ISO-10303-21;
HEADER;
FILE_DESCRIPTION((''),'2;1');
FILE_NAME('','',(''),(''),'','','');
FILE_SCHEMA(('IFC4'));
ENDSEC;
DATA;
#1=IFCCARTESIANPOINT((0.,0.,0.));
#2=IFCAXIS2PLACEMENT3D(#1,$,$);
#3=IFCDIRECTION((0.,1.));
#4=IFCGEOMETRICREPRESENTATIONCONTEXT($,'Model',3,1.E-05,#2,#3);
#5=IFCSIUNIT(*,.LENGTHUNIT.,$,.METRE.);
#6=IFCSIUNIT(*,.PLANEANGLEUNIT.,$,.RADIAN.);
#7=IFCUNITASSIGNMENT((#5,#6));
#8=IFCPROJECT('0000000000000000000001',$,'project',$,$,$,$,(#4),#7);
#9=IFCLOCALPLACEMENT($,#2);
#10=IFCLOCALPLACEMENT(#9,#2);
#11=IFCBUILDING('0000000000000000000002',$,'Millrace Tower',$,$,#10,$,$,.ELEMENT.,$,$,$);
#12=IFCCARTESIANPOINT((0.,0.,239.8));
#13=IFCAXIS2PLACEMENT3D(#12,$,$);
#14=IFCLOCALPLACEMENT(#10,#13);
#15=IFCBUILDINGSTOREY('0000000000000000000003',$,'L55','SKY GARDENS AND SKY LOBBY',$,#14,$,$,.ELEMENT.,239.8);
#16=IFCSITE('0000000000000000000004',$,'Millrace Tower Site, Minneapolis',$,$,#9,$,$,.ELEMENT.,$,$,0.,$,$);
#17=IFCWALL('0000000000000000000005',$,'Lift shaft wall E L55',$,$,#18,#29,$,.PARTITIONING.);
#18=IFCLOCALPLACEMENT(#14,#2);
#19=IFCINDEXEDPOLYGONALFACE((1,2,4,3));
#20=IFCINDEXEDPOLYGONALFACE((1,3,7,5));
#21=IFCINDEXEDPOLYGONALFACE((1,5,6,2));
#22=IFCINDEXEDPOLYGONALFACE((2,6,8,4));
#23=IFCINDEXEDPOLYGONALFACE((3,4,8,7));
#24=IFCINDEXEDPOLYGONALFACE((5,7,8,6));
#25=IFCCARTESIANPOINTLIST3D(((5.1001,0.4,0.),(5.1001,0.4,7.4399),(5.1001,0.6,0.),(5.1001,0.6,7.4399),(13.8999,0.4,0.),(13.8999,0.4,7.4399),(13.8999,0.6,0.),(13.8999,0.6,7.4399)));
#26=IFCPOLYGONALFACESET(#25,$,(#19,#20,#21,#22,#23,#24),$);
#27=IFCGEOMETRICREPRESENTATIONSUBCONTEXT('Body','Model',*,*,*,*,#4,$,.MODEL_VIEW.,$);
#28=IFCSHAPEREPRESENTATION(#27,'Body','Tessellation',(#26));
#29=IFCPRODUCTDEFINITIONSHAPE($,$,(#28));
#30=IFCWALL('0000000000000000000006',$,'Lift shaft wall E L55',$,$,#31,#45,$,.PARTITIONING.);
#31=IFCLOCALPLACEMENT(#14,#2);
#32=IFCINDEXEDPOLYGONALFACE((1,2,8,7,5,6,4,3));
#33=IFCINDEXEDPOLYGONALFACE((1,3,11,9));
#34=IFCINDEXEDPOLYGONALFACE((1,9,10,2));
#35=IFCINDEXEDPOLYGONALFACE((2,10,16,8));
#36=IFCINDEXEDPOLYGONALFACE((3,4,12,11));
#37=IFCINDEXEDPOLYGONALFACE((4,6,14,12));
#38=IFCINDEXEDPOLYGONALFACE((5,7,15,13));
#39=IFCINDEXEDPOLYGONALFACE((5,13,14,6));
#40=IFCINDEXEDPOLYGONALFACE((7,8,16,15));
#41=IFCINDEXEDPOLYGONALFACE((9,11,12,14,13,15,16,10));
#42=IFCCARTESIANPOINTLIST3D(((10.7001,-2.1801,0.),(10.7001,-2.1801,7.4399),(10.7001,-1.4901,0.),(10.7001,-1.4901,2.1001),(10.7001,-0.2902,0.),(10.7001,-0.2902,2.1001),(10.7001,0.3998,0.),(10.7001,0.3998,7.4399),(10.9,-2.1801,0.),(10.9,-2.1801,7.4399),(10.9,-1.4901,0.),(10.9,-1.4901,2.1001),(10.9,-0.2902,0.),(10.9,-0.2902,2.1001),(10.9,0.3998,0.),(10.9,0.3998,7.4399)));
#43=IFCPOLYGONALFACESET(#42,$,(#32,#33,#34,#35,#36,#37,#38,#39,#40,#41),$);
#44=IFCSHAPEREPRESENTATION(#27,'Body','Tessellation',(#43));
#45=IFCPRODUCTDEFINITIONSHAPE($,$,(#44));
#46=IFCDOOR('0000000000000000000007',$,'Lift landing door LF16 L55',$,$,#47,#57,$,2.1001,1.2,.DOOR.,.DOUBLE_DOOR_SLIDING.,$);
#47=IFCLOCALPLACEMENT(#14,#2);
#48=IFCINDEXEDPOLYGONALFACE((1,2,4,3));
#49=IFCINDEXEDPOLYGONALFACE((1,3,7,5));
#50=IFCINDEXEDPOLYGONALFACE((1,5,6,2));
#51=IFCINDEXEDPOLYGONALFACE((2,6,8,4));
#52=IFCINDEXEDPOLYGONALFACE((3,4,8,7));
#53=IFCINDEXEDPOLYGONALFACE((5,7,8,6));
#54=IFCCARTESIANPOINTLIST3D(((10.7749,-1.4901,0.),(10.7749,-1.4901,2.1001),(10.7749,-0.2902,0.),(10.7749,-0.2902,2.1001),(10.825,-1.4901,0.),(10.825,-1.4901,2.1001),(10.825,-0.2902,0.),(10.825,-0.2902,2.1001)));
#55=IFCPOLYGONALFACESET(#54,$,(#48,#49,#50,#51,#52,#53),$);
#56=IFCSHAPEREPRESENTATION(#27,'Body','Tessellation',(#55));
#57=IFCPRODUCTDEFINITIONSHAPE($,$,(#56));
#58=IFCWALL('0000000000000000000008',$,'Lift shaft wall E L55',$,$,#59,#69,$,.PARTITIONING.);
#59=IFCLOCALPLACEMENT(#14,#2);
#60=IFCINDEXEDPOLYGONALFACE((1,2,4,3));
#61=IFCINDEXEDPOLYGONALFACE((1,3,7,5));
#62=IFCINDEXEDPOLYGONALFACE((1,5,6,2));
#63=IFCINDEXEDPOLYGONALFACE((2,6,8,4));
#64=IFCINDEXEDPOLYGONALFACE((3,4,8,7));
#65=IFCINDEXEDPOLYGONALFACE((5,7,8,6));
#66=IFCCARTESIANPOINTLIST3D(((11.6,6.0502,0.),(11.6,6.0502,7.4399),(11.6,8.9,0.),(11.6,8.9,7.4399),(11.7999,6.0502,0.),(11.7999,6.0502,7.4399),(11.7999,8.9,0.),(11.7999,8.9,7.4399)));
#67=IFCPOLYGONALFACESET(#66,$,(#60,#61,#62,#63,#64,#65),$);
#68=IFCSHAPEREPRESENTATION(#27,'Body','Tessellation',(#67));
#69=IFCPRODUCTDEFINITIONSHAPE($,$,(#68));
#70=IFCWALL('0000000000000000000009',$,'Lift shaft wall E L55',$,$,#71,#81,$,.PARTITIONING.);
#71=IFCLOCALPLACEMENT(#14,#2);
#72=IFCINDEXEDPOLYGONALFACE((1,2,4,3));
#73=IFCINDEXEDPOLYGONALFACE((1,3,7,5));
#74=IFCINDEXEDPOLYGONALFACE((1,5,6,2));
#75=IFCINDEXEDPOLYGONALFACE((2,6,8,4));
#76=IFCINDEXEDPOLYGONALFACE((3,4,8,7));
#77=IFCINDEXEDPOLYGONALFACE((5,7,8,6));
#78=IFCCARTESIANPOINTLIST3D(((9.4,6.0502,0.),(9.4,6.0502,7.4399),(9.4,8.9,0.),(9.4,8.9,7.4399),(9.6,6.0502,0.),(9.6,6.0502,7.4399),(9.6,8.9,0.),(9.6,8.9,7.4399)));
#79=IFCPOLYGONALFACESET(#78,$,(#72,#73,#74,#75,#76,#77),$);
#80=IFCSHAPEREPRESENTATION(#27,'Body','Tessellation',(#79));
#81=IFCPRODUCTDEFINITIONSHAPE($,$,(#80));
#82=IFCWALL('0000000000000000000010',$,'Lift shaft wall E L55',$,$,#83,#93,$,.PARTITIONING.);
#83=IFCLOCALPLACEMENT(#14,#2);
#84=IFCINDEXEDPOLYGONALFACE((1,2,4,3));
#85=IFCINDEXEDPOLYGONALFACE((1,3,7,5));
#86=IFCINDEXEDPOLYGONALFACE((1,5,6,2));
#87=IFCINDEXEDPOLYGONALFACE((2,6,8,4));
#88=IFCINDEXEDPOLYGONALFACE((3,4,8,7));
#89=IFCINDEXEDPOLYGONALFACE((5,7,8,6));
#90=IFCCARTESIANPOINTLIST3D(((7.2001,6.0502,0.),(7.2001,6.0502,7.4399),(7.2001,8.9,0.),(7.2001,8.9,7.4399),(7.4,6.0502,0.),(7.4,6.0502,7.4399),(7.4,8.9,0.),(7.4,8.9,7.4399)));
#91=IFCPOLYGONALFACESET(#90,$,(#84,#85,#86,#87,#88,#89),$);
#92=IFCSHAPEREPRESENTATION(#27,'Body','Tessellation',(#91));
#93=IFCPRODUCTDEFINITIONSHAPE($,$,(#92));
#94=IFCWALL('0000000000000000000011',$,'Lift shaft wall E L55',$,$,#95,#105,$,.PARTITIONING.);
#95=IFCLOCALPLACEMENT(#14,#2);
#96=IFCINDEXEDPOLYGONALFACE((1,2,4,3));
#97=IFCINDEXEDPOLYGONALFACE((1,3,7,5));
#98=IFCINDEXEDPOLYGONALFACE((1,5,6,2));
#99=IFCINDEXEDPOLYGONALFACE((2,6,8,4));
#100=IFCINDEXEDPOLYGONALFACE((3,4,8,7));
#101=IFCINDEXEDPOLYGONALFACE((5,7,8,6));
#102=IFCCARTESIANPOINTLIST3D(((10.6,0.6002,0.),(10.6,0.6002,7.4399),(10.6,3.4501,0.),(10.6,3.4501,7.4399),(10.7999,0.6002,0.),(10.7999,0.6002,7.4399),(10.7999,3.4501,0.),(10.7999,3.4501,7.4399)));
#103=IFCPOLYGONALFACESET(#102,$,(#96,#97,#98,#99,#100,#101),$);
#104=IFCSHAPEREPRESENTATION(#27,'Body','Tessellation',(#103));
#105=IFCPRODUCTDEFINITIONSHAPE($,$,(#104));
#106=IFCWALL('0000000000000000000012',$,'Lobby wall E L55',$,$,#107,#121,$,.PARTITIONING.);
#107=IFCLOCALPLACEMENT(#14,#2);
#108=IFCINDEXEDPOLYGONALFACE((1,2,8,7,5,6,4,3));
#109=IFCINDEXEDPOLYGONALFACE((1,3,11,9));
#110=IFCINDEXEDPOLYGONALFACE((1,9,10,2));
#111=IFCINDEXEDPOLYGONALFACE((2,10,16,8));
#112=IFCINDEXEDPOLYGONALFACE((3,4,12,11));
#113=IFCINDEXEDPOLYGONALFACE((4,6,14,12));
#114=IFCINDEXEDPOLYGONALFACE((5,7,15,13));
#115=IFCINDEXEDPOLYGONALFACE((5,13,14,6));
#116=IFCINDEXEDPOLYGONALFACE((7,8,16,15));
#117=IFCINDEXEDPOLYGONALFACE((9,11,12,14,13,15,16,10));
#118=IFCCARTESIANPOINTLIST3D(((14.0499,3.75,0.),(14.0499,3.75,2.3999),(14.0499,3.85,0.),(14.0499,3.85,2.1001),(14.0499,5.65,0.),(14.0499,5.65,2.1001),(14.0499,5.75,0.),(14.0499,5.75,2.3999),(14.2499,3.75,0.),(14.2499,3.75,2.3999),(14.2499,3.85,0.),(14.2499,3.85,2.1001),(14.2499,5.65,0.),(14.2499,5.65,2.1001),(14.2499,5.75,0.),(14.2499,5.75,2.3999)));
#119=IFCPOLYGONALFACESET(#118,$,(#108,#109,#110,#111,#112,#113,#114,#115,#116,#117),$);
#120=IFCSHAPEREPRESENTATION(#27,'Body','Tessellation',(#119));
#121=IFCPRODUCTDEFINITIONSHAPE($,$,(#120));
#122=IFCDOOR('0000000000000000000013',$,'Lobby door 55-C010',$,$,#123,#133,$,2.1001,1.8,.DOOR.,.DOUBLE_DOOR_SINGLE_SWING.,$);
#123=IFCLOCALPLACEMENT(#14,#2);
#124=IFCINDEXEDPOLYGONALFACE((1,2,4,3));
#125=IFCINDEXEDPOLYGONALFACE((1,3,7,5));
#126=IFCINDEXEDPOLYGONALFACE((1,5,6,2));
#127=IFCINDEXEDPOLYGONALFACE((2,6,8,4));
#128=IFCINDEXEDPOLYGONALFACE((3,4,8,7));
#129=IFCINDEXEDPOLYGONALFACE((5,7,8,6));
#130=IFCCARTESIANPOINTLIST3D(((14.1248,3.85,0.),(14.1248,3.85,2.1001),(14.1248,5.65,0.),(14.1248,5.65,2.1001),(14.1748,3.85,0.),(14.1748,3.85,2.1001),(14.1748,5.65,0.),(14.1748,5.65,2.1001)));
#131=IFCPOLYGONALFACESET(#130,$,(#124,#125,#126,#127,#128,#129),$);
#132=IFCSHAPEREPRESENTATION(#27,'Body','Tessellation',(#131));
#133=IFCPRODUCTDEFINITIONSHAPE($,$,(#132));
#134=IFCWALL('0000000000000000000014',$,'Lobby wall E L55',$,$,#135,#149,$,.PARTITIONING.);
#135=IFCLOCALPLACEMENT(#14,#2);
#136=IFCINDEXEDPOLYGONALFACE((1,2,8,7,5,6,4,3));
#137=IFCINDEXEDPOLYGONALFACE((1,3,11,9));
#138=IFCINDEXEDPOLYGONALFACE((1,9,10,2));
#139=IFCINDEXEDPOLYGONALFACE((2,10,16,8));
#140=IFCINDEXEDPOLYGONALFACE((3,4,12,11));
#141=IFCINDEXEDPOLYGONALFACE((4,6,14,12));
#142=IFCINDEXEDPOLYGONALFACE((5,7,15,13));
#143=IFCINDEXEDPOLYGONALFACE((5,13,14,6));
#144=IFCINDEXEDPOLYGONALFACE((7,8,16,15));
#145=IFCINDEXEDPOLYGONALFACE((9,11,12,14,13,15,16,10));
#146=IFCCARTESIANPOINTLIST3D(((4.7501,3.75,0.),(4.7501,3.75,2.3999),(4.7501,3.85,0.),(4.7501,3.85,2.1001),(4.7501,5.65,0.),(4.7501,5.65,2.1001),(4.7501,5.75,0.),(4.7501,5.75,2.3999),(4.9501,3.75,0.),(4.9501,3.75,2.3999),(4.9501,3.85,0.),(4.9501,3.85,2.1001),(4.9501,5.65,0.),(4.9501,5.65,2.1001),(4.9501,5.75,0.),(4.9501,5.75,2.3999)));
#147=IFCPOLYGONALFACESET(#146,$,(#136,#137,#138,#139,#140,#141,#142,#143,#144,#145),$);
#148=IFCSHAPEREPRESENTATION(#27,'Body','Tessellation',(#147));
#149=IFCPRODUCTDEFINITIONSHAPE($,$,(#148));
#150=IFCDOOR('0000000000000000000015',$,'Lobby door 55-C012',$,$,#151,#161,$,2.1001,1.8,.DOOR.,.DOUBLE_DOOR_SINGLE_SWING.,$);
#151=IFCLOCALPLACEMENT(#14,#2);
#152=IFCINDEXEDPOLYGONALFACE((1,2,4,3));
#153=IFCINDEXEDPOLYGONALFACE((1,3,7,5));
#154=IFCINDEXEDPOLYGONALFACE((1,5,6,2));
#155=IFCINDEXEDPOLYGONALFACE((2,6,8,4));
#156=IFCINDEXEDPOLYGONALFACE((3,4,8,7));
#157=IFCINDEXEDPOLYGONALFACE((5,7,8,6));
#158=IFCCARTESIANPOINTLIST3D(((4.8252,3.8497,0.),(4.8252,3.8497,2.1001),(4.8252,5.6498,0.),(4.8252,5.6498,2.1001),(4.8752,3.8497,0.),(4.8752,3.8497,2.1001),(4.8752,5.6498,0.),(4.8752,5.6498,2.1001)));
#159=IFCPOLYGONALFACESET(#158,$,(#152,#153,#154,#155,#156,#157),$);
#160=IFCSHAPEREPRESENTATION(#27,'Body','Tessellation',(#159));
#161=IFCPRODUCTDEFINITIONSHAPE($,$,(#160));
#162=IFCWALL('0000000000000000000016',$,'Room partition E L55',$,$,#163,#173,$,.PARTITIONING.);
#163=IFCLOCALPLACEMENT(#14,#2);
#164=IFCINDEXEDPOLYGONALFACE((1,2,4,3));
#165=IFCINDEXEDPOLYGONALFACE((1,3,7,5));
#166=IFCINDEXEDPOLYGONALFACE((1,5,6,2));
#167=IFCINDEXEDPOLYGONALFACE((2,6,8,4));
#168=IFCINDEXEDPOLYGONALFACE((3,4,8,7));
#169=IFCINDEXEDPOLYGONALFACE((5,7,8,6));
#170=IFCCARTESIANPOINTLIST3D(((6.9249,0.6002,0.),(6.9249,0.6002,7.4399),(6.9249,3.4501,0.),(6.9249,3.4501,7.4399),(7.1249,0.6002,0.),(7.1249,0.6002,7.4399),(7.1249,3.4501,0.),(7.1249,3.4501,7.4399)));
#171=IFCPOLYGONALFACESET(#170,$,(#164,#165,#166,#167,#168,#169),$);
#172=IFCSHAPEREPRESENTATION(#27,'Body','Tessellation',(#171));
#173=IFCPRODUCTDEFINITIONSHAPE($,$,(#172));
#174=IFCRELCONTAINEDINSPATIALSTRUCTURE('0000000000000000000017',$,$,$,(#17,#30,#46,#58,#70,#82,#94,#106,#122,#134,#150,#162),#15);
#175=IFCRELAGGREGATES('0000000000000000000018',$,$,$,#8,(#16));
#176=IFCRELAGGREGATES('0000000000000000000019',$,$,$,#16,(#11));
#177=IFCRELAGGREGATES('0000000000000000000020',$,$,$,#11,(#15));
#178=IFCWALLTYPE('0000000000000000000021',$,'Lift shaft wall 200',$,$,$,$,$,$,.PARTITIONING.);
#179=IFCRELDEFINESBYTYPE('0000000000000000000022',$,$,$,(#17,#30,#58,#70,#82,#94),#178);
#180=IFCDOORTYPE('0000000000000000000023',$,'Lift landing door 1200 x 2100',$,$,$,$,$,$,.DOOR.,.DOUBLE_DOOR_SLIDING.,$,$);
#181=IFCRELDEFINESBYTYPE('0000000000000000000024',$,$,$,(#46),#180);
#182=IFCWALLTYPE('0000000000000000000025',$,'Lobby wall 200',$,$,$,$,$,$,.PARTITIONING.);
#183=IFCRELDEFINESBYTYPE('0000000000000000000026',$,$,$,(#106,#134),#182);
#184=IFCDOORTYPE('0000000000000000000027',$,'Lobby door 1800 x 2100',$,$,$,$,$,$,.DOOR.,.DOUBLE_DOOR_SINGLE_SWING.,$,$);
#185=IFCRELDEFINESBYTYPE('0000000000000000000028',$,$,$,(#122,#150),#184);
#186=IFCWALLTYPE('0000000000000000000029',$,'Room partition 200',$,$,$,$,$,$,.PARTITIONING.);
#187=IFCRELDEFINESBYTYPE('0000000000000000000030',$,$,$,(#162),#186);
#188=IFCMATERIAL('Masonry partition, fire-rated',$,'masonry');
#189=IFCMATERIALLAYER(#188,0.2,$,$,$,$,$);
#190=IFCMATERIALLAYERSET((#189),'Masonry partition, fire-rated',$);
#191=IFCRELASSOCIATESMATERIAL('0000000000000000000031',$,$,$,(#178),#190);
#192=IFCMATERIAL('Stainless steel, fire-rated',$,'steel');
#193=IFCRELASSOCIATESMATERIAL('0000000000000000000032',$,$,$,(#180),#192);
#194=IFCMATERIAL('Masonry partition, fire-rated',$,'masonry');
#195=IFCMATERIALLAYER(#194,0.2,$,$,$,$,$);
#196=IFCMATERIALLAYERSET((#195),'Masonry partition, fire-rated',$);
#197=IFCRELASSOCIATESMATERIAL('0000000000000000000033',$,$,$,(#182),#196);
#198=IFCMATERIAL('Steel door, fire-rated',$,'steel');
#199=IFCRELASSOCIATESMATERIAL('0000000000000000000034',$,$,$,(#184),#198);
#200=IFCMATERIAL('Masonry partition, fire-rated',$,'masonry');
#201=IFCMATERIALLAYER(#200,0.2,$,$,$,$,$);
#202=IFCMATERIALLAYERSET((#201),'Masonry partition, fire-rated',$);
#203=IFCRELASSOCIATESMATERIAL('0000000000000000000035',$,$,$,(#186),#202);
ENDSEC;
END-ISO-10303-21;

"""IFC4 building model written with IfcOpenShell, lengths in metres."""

from ifc_helpers import new_model, si_unit, direction, frame, frame_2d, origin, place, context, subcontext, project, spatial, rectangle, extrude, material, layer, layer_set, type_object, element, fill, save


model = new_model("IFC4")

# Units and contexts
model_context = context("Model", 3, precision=1e-05, world=origin(), true_north=direction((0.0, 1.0)))
body_context = subcontext(model_context, "Body", "Model", "MODEL_VIEW")
ifc_project = project(units=[si_unit("LENGTHUNIT", "METRE"), si_unit("PLANEANGLEUNIT", "RADIAN")], contexts=[model_context])

# Site, building, storey
site_placement = place(None, origin())
site = spatial("IfcSite", under=ifc_project, at=site_placement, Name="Millrace Tower Site, Minneapolis", CompositionType="ELEMENT", RefElevation=0.0)
building_placement = place(site_placement, origin())
building = spatial("IfcBuilding", under=site, at=building_placement, Name="Millrace Tower", CompositionType="ELEMENT")
storey_placement = place(building_placement, frame((0.0, 0.0, 239.8)))
storey = spatial("IfcBuildingStorey", under=building, at=storey_placement, Name="L55", Description="SKY GARDENS AND SKY LOBBY", CompositionType="ELEMENT", Elevation=239.8)

# Shared definitions
ifc_material_1 = material(Name="Masonry partition, fire-rated", Category="masonry")
ifc_layer_1 = layer(ifc_material_1, 0.2)
ifc_layer_set_1 = layer_set([ifc_layer_1], Name="Masonry partition, fire-rated")
wall_type_1 = type_object("IfcWallType", Name="Lift shaft wall 200", PredefinedType="PARTITIONING", material=ifc_layer_set_1)
ifc_material_2 = material(Name="Stainless steel, fire-rated", Category="steel")
door_type_1 = type_object("IfcDoorType", Name="Lift landing door 1200 x 2100", OperationType="DOUBLE_DOOR_SLIDING", PredefinedType="DOOR", material=ifc_material_2)

# Wall
wall_1_placement = place(storey_placement, frame((13.8999, 0.5, 0.0), z_axis=(0.0, 0.0, 1.0), x_axis=(-1.0, 0.0, 0.0)))
element("IfcWall", 1, at=wall_1_placement, inside=storey, type_object=wall_type_1, Name="Lift shaft wall E L55", PredefinedType="PARTITIONING", context=body_context, shape_type="SweptSolid", body=[
    extrude(rectangle(XDim=8.7998, YDim=0.2, at=frame_2d((4.3999, 0.0))), origin(), (0.0, 0.0, 1.0), 7.4399),
])

# Wall, opening, door
wall_2_placement = place(storey_placement, frame((10.8, 0.3999, 0.0), z_axis=(0.0, 0.0, 1.0), x_axis=(0.0, -1.0, 0.0)))
wall_2 = element("IfcWall", 2, at=wall_2_placement, inside=storey, type_object=wall_type_1, Name="Lift shaft wall E L55", PredefinedType="PARTITIONING", context=body_context, shape_type="SweptSolid", body=[
    extrude(rectangle(XDim=2.5798, YDim=0.2, at=frame_2d((1.29, 0.0))), origin(), (0.0, 0.0, 1.0), 7.4399),
])
opening_1_placement = place(wall_2_placement, frame((0.6899, 0.0, 0.0)))
opening_1 = element("IfcOpeningElement", 3, at=opening_1_placement, cuts=wall_2, PredefinedType="OPENING", context=body_context, shape_type="SweptSolid", body=[
    extrude(rectangle(XDim=1.2, YDim=2.1001, at=frame_2d((0.6001, 1.05))), frame((0.0, 0.1099, 0.0), z_axis=(0.0, -1.0, 0.0), x_axis=(1.0, 0.0, 0.0)), (0.0, 0.0, 1.0), 0.22),
])
door_1_placement = place(opening_1_placement, origin())
door_1 = element("IfcDoor", 4, at=door_1_placement, inside=storey, type_object=door_type_1, Name="Lift landing door LF16 L55", OperationType="DOUBLE_DOOR_SLIDING", OverallHeight=2.1001, OverallWidth=1.2, PredefinedType="DOOR", context=body_context, shape_type="SweptSolid", body=[
    extrude(rectangle(XDim=1.2, YDim=2.1001, at=frame_2d((0.6001, 1.05))), frame((0.0, 0.0249, 0.0), z_axis=(0.0, -1.0, 0.0), x_axis=(1.0, 0.0, 0.0)), (0.0, 0.0, 1.0), 0.05),
])
fill(opening_1, door_1)

# Walls
for number, where, z_axis, x_axis, name in (
    (5, (11.7, 8.8999, 0.0), (0.0, 0.0, 1.0), (0.0, -1.0, 0.0), "Lift shaft wall E L55"),
    (6, (9.5, 8.8999, 0.0), (0.0, 0.0, 1.0), (0.0, -1.0, 0.0), "Lift shaft wall E L55"),
    (7, (7.3, 8.8999, 0.0), (0.0, 0.0, 1.0), (0.0, -1.0, 0.0), "Lift shaft wall E L55"),
    (8, (10.7, 3.45, 0.0), (0.0, 0.0, 1.0), (0.0, -1.0, 0.0), "Lift shaft wall E L55"),
):
    element("IfcWall", number, at=place(storey_placement, frame(where, z_axis=z_axis, x_axis=x_axis)), inside=storey, type_object=wall_type_1, Name=name, PredefinedType="PARTITIONING", context=body_context, shape_type="SweptSolid", body=[
        extrude(rectangle(XDim=2.8499, YDim=0.2, at=frame_2d((1.4248, 0.0))), origin(), (0.0, 0.0, 1.0), 7.4399),
    ])

# Walls, openings, doors
ifc_material_3 = material(Name="Masonry partition, fire-rated", Category="masonry")
ifc_layer_2 = layer(ifc_material_3, 0.2)
ifc_layer_set_2 = layer_set([ifc_layer_2], Name="Masonry partition, fire-rated")
wall_type_2 = type_object("IfcWallType", Name="Lobby wall 200", PredefinedType="PARTITIONING", material=ifc_layer_set_2)
wall_3_placement = place(storey_placement, frame((14.1499, 5.75, 0.0), z_axis=(0.0, 0.0, 1.0), x_axis=(0.0, -1.0, 0.0)))
wall_3 = element("IfcWall", 9, at=wall_3_placement, inside=storey, type_object=wall_type_2, Name="Lobby wall E L55", PredefinedType="PARTITIONING", context=body_context, shape_type="SweptSolid", body=[
    extrude(rectangle(XDim=2.0, YDim=0.2, at=frame_2d((1.0, 0.0))), origin(), (0.0, 0.0, 1.0), 2.3999),
])
opening_2_placement = place(wall_3_placement, frame((0.1001, 0.0, 0.0)))
opening_2 = element("IfcOpeningElement", 10, at=opening_2_placement, cuts=wall_3, PredefinedType="OPENING", context=body_context, shape_type="SweptSolid", body=[
    extrude(rectangle(XDim=1.8, YDim=2.1001, at=frame_2d((0.8999, 1.05))), frame((0.0, 0.1099, 0.0), z_axis=(0.0, -1.0, 0.0), x_axis=(1.0, 0.0, 0.0)), (0.0, 0.0, 1.0), 0.22),
])
ifc_material_4 = material(Name="Steel door, fire-rated", Category="steel")
door_type_2 = type_object("IfcDoorType", Name="Lobby door 1800 x 2100", OperationType="DOUBLE_DOOR_SINGLE_SWING", PredefinedType="DOOR", material=ifc_material_4)
door_2_placement = place(opening_2_placement, origin())
door_2 = element("IfcDoor", 11, at=door_2_placement, inside=storey, type_object=door_type_2, Name="Lobby door 55-C010", OperationType="DOUBLE_DOOR_SINGLE_SWING", OverallHeight=2.1001, OverallWidth=1.8, PredefinedType="DOOR", context=body_context, shape_type="SweptSolid", body=[
    extrude(rectangle(XDim=1.8, YDim=2.1001, at=frame_2d((0.8999, 1.05))), frame((0.0, 0.0249, 0.0), z_axis=(0.0, -1.0, 0.0), x_axis=(1.0, 0.0, 0.0)), (0.0, 0.0, 1.0), 0.05),
])
fill(opening_2, door_2)
wall_4_placement = place(storey_placement, frame((4.8501, 5.75, 0.0), z_axis=(0.0, 0.0, 1.0), x_axis=(0.0, -1.0, 0.0)))
wall_4 = element("IfcWall", 12, at=wall_4_placement, inside=storey, type_object=wall_type_2, Name="Lobby wall E L55", PredefinedType="PARTITIONING", context=body_context, shape_type="SweptSolid", body=[
    extrude(rectangle(XDim=2.0, YDim=0.2, at=frame_2d((1.0, 0.0))), origin(), (0.0, 0.0, 1.0), 2.3999),
])
opening_3_placement = place(wall_4_placement, frame((0.1001, 0.0, 0.0)))
opening_3 = element("IfcOpeningElement", 13, at=opening_3_placement, cuts=wall_4, PredefinedType="OPENING", context=body_context, shape_type="SweptSolid", body=[
    extrude(rectangle(XDim=1.8, YDim=2.1001, at=frame_2d((0.8999, 1.05))), frame((0.0, 0.1099, 0.0), z_axis=(0.0, -1.0, 0.0), x_axis=(1.0, 0.0, 0.0)), (0.0, 0.0, 1.0), 0.22),
])
door_3_placement = place(opening_3_placement, frame((1.8, 0.0, 0.0), z_axis=(0.0, 0.0, 1.0), x_axis=(-1.0, 0.0, 0.0)))
door_3 = element("IfcDoor", 14, at=door_3_placement, inside=storey, type_object=door_type_2, Name="Lobby door 55-C012", OperationType="DOUBLE_DOOR_SINGLE_SWING", OverallHeight=2.1001, OverallWidth=1.8, PredefinedType="DOOR", context=body_context, shape_type="SweptSolid", body=[
    extrude(rectangle(XDim=1.8, YDim=2.1001, at=frame_2d((0.8999, 1.05))), frame((0.0, 0.0249, 0.0), z_axis=(0.0, -1.0, 0.0), x_axis=(1.0, 0.0, 0.0)), (0.0, 0.0, 1.0), 0.05),
])
fill(opening_3, door_3)

# Wall
ifc_material_5 = material(Name="Masonry partition, fire-rated", Category="masonry")
ifc_layer_3 = layer(ifc_material_5, 0.2)
ifc_layer_set_3 = layer_set([ifc_layer_3], Name="Masonry partition, fire-rated")
wall_type_3 = type_object("IfcWallType", Name="Room partition 200", PredefinedType="PARTITIONING", material=ifc_layer_set_3)
wall_5_placement = place(storey_placement, frame((7.0249, 3.45, 0.0), z_axis=(0.0, 0.0, 1.0), x_axis=(0.0, -1.0, 0.0)))
element("IfcWall", 15, at=wall_5_placement, inside=storey, type_object=wall_type_3, Name="Room partition E L55", PredefinedType="PARTITIONING", context=body_context, shape_type="SweptSolid", body=[
    extrude(rectangle(XDim=2.8499, YDim=0.2, at=frame_2d((1.4248, 0.0))), origin(), (0.0, 0.0, 1.0), 7.4399),
])

save(model, "model.ifc")
